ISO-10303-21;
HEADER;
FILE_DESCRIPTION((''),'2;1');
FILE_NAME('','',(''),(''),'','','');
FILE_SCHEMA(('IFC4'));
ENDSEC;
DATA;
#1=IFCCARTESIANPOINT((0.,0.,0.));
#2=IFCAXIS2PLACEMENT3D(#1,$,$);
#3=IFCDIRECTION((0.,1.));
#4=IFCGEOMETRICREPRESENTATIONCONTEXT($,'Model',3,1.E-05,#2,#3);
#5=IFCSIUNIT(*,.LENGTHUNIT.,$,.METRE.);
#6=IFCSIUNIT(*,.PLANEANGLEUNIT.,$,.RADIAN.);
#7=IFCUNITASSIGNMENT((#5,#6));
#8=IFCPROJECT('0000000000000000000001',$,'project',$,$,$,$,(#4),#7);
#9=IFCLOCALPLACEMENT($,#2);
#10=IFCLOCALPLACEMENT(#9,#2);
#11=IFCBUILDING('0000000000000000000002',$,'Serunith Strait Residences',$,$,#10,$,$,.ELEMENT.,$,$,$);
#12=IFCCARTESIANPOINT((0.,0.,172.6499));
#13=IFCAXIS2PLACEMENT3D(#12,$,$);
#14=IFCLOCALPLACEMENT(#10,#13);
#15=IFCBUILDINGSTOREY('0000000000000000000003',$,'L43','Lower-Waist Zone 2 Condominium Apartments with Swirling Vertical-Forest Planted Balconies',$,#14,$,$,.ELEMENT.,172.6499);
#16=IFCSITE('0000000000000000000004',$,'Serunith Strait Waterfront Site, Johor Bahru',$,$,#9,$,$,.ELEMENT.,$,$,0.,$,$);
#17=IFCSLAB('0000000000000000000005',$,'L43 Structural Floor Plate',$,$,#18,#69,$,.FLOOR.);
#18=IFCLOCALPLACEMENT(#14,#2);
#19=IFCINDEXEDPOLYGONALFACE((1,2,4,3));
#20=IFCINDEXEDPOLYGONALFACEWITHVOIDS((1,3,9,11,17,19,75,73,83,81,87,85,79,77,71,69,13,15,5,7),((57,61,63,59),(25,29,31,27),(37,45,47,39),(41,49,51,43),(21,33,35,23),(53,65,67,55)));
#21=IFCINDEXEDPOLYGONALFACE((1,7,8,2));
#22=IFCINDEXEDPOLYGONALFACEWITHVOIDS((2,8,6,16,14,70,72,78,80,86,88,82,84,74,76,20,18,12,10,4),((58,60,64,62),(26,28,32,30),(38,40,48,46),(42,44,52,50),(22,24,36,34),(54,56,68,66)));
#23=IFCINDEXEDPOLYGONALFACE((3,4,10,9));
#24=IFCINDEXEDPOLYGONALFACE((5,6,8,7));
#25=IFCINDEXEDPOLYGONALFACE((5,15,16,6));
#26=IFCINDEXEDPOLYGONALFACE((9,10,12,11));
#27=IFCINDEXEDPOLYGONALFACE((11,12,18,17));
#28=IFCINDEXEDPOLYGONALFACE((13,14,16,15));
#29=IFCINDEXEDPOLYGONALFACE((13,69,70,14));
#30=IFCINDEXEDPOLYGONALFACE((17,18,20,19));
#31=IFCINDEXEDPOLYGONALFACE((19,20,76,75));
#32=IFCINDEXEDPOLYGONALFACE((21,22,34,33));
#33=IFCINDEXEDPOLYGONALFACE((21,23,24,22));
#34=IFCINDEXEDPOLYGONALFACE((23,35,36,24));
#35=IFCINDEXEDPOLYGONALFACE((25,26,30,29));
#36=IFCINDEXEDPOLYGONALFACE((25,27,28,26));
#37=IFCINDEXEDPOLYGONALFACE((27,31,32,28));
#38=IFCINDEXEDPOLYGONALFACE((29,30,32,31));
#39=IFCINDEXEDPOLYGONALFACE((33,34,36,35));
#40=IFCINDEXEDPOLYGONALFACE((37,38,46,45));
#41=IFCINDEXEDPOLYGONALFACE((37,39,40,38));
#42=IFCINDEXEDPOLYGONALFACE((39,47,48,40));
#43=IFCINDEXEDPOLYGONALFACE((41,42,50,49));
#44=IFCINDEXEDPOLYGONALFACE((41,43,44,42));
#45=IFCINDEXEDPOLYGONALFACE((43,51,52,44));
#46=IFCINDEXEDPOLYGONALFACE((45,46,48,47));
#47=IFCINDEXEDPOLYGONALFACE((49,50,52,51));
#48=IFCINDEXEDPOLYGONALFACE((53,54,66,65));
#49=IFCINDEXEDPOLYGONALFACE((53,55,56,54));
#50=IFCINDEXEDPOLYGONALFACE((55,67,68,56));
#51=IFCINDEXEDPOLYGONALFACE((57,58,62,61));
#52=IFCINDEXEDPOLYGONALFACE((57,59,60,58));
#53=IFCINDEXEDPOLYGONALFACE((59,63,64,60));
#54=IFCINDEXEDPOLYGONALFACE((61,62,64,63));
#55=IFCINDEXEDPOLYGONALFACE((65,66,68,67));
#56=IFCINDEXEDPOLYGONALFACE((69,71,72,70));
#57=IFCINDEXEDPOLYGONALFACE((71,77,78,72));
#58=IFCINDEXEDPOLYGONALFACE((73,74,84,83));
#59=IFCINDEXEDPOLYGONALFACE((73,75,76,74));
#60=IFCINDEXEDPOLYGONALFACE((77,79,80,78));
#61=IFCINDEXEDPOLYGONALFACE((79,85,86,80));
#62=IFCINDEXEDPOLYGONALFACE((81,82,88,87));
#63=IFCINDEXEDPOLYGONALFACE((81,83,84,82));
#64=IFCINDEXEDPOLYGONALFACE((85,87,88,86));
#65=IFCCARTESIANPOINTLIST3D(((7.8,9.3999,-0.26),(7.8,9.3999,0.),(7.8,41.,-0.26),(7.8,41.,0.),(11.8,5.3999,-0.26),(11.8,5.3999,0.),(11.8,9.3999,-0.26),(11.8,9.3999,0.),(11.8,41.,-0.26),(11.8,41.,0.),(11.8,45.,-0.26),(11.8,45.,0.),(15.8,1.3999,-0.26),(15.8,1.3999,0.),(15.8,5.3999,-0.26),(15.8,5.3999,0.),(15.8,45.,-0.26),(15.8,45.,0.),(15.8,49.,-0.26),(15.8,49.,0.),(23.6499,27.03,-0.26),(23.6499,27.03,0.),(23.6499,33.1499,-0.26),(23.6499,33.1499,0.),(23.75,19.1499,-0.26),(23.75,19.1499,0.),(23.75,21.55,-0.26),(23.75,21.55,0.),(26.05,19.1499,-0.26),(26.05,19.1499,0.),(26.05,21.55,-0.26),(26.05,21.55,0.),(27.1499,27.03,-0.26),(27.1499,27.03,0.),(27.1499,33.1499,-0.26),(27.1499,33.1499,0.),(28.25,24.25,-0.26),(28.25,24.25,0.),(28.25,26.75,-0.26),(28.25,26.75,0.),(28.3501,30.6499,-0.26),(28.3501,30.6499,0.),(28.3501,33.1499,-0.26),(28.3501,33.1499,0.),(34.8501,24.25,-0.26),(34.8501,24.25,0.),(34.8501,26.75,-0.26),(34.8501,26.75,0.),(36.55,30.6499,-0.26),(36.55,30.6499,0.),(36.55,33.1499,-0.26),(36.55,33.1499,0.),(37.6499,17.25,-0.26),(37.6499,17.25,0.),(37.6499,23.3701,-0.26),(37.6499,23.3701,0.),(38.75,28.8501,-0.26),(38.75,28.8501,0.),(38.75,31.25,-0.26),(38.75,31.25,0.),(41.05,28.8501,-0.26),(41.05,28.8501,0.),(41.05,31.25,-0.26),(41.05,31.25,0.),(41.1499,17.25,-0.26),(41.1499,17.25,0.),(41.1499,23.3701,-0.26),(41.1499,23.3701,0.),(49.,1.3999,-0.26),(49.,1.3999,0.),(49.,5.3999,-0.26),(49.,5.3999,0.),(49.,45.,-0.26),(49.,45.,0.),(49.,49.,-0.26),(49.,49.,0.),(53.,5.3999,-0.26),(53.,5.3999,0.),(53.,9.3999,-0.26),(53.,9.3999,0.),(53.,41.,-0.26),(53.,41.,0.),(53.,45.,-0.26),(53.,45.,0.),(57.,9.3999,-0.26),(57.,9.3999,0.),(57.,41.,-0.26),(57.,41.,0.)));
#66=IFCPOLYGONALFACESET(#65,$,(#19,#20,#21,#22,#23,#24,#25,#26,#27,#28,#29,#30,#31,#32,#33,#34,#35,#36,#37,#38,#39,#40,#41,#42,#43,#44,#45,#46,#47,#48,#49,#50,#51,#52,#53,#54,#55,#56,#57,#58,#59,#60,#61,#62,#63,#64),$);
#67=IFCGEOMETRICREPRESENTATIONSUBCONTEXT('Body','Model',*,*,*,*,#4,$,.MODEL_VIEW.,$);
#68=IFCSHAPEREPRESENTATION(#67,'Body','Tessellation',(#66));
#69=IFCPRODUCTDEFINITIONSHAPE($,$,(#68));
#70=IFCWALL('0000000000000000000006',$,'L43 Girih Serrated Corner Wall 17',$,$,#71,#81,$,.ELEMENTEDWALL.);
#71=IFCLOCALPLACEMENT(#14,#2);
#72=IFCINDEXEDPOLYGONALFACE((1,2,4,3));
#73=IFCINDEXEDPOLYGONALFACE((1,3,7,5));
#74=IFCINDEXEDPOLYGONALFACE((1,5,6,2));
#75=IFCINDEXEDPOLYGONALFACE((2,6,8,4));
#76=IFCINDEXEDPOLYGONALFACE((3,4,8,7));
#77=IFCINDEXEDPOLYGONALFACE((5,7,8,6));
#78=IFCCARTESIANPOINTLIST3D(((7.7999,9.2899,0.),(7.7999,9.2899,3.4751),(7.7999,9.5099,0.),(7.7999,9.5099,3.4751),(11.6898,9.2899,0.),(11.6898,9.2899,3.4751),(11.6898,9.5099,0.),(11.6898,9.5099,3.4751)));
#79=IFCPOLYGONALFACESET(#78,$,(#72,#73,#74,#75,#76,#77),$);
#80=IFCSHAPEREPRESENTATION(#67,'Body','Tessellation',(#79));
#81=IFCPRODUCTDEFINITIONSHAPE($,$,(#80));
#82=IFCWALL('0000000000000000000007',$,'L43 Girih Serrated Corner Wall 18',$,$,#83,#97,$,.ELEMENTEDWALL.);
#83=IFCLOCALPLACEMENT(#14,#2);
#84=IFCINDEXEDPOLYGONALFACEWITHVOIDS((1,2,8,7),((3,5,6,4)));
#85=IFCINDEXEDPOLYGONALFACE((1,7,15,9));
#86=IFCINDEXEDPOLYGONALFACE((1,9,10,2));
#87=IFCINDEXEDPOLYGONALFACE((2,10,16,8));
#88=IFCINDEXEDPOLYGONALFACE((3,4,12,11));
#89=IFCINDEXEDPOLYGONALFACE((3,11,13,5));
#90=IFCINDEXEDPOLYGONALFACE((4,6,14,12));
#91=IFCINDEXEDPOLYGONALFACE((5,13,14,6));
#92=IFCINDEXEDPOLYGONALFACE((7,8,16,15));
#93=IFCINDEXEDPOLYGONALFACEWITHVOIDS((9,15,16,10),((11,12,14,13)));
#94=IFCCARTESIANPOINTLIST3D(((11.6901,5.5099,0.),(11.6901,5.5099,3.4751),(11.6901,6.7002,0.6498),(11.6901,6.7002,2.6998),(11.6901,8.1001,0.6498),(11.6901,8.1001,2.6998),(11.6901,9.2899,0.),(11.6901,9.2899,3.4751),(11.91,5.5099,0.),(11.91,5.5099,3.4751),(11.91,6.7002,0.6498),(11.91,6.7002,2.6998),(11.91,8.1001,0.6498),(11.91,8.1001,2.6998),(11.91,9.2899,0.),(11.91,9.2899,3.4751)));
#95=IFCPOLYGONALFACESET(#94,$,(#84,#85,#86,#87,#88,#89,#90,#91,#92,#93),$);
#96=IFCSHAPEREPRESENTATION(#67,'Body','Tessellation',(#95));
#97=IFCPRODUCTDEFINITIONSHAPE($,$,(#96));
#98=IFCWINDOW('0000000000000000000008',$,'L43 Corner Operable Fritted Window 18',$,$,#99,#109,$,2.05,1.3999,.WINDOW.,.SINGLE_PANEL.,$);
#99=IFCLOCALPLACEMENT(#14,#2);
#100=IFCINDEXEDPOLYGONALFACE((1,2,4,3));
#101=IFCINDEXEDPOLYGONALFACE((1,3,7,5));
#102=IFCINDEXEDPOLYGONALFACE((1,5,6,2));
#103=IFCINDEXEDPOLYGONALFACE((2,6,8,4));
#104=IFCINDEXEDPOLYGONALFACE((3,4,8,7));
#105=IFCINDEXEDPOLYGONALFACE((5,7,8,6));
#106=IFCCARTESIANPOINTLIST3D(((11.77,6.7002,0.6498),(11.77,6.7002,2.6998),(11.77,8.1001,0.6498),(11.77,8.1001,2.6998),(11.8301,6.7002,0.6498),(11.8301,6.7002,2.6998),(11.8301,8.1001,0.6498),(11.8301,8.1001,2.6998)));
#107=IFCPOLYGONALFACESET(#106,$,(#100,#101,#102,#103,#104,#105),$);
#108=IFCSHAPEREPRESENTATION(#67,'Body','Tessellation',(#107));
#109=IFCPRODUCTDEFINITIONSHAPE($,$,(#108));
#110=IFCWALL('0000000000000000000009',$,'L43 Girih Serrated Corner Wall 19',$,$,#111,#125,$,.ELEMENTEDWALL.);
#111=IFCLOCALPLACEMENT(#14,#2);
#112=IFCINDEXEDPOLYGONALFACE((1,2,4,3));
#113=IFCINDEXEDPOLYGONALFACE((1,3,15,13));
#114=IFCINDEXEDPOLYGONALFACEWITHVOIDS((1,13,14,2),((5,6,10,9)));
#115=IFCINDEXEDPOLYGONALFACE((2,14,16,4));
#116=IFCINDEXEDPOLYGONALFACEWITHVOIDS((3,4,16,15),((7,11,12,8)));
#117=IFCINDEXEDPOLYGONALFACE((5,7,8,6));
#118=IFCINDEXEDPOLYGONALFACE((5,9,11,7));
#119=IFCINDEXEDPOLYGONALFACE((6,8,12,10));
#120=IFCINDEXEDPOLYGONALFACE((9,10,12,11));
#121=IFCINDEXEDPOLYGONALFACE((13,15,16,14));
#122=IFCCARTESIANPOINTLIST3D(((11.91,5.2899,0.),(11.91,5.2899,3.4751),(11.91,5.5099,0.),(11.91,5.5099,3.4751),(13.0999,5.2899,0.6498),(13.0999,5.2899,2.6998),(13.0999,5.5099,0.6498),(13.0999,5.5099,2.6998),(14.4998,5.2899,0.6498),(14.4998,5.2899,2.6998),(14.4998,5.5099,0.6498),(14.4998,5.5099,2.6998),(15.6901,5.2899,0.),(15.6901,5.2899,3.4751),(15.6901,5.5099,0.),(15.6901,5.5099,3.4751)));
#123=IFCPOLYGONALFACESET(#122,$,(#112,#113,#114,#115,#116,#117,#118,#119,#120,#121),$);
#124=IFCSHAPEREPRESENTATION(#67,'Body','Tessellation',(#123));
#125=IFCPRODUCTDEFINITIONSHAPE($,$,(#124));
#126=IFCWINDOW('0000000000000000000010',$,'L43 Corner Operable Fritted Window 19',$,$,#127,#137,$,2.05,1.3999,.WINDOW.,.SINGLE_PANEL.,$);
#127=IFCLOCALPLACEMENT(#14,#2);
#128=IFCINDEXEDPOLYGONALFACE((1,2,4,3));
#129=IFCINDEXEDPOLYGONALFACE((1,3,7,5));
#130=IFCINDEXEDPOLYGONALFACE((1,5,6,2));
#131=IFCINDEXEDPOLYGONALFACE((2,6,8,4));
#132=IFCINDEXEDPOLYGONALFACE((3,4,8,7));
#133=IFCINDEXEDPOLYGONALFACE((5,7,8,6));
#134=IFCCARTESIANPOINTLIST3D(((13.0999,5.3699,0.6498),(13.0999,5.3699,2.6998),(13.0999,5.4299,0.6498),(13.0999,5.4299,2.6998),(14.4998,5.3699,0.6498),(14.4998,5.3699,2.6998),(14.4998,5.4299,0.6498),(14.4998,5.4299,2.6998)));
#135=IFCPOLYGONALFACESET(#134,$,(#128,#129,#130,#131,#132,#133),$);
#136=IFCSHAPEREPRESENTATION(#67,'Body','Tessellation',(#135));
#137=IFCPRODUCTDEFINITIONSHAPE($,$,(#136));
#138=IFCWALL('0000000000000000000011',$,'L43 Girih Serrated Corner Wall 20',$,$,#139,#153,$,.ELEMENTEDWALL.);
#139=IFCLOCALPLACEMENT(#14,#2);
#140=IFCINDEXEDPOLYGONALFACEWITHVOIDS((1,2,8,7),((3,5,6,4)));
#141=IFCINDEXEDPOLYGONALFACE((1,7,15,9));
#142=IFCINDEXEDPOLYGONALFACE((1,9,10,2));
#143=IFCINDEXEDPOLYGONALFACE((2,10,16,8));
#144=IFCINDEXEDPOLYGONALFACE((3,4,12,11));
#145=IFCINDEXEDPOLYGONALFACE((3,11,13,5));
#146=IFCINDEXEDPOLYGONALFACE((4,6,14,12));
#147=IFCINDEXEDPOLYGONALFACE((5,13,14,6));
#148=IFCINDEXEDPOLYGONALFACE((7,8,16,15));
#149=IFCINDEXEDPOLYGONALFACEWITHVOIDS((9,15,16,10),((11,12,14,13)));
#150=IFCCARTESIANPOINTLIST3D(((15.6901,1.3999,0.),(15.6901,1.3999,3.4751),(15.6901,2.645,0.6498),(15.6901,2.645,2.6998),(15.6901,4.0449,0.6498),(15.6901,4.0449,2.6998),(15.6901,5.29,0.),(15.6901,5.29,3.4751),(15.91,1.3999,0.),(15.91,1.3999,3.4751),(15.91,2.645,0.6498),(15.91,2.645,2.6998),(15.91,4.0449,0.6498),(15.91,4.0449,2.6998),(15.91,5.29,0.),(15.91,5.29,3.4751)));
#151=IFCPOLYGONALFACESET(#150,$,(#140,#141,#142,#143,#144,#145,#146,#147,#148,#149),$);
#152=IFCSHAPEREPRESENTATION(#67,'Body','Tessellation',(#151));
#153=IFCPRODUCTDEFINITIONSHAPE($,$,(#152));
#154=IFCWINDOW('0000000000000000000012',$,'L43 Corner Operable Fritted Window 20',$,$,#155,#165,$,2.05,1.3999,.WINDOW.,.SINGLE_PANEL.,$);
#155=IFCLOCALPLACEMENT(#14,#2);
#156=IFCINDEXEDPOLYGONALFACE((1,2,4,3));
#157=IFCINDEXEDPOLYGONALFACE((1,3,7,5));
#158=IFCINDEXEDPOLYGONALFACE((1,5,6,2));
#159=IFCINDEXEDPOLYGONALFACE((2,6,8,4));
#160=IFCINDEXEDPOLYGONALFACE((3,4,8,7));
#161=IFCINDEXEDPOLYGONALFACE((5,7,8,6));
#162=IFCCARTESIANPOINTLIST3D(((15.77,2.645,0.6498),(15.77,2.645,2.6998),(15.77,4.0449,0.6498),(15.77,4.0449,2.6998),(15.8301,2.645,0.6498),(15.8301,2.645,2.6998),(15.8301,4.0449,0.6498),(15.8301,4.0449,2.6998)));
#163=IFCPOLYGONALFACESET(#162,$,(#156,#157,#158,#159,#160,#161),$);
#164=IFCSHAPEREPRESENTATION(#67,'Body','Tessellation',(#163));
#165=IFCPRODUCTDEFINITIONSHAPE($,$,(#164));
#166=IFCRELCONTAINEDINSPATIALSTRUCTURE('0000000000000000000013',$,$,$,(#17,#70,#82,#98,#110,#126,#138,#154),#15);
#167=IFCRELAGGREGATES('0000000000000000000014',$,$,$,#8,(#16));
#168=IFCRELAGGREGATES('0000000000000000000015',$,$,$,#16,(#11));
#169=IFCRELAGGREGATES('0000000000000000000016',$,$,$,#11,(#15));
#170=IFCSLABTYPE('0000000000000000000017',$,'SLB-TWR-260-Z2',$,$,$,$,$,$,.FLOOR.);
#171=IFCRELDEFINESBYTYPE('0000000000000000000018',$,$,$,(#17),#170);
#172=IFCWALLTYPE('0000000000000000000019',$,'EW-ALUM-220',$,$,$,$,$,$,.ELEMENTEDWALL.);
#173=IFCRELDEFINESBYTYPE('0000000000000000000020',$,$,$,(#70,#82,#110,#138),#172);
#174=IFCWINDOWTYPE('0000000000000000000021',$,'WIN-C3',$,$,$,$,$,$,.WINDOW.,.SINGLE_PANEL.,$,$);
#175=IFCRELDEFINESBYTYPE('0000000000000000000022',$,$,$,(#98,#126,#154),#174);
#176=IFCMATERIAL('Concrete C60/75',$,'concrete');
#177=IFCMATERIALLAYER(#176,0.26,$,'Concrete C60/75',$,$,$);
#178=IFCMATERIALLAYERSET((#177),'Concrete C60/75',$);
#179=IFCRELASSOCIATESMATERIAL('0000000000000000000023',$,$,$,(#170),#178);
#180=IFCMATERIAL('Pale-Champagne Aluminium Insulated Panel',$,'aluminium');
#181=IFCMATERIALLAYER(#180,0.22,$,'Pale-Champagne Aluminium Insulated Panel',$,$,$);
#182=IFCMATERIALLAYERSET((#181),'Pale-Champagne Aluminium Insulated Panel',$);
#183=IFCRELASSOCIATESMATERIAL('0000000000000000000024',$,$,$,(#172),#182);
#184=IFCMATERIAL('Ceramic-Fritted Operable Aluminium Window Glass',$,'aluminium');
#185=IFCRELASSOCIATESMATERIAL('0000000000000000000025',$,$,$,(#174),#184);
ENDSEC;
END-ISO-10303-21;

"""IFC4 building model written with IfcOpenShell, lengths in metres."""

from ifc_helpers import new_model, si_unit, direction, frame, frame_2d, origin, place, context, subcontext, project, spatial, polyline, rectangle, outline, extrude, source, transform, mapped, material, layer, layer_set, type_object, element, fill, save


model = new_model("IFC4")

# Units and contexts
model_context = context("Model", 3, precision=1e-05, world=origin(), true_north=direction((0.0, 1.0)))
body_context = subcontext(model_context, "Body", "Model", "MODEL_VIEW")
ifc_project = project(units=[si_unit("LENGTHUNIT", "METRE"), si_unit("PLANEANGLEUNIT", "RADIAN")], contexts=[model_context])

# Site, building, storey
site_placement = place(None, origin())
site = spatial("IfcSite", under=ifc_project, at=site_placement, Name="Serunith Strait Waterfront Site, Johor Bahru", CompositionType="ELEMENT", RefElevation=0.0)
building_placement = place(site_placement, origin())
building = spatial("IfcBuilding", under=site, at=building_placement, Name="Serunith Strait Residences", CompositionType="ELEMENT")
storey_placement = place(building_placement, frame((0.0, 0.0, 172.6499)))
storey = spatial("IfcBuildingStorey", under=building, at=storey_placement, Name="L43", Description="Lower-Waist Zone 2 Condominium Apartments with Swirling Vertical-Forest Planted Balconies", CompositionType="ELEMENT", Elevation=172.6499)

# Slab
ifc_material_1 = material(Name="Concrete C60/75", Category="concrete")
ifc_layer_1 = layer(ifc_material_1, 0.26, Name="Concrete C60/75")
ifc_layer_set_1 = layer_set([ifc_layer_1], Name="Concrete C60/75")
slab_type_1 = type_object("IfcSlabType", Name="SLB-TWR-260-Z2", PredefinedType="FLOOR", material=ifc_layer_set_1)
slab_1_placement = place(storey_placement, frame((0.0, 0.0, -0.26)))
element("IfcSlab", 1, at=slab_1_placement, inside=storey, type_object=slab_type_1, Name="L43 Structural Floor Plate", PredefinedType="FLOOR", context=body_context, shape_type="SweptSolid", body=[
    extrude(outline(polyline([(15.8, 5.3999), (11.8, 5.3999), (11.8, 9.3999), (7.8, 9.3999), (7.8, 41.0), (11.8, 41.0), (11.8, 45.0), (15.8, 45.0), (15.8, 49.0), (49.0, 49.0), (49.0, 45.0), (53.0, 45.0), (53.0, 41.0), (57.0, 41.0), (57.0, 9.3999), (53.0, 9.3999), (53.0, 5.3999), (49.0, 5.3999), (49.0, 1.3999), (15.8, 1.3999), (15.8, 5.3999)]), holes=[polyline([(41.1499, 23.3701), (37.6499, 23.3701), (37.6499, 17.25), (41.1499, 17.25), (41.1499, 23.3701)]), polyline([(38.75, 31.25), (38.75, 28.8501), (41.05, 28.8501), (41.05, 31.25), (38.75, 31.25)]), polyline([(36.55, 33.1499), (28.3501, 33.1499), (28.3501, 30.6499), (36.55, 30.6499), (36.55, 33.1499)]), polyline([(34.8501, 26.75), (28.25, 26.75), (28.25, 24.25), (34.8501, 24.25), (34.8501, 26.75)]), polyline([(23.6499, 33.1499), (23.6499, 27.03), (27.1499, 27.03), (27.1499, 33.1499), (23.6499, 33.1499)]), polyline([(26.05, 21.55), (23.75, 21.55), (23.75, 19.1499), (26.05, 19.1499), (26.05, 21.55)])]), origin(), (0.0, 0.0, 1.0), 0.26),
])

# Wall
ifc_material_2 = material(Name="Pale-Champagne Aluminium Insulated Panel", Category="aluminium")
ifc_layer_2 = layer(ifc_material_2, 0.22, Name="Pale-Champagne Aluminium Insulated Panel")
ifc_layer_set_2 = layer_set([ifc_layer_2], Name="Pale-Champagne Aluminium Insulated Panel")
wall_type_1 = type_object("IfcWallType", Name="EW-ALUM-220", PredefinedType="ELEMENTEDWALL", material=ifc_layer_set_2)
wall_1_placement = place(storey_placement, frame((7.8, 9.3999, 0.0), z_axis=(0.0, 0.0, 1.0), x_axis=(1.0, 0.0, 0.0)))
element("IfcWall", 2, at=wall_1_placement, inside=storey, type_object=wall_type_1, Name="L43 Girih Serrated Corner Wall 17", PredefinedType="ELEMENTEDWALL", context=body_context, shape_type="SweptSolid", body=[
    extrude(rectangle(XDim=3.8899, YDim=0.22, at=frame_2d((1.9448, 0.0))), origin(), (0.0, 0.0, 1.0), 3.4751),
])

# Walls, openings, windows
wall_2_placement = place(storey_placement, frame((11.8, 9.29, 0.0), z_axis=(0.0, 0.0, 1.0), x_axis=(0.0, -1.0, 0.0)))
wall_2 = element("IfcWall", 3, at=wall_2_placement, inside=storey, type_object=wall_type_1, Name="L43 Girih Serrated Corner Wall 18", PredefinedType="ELEMENTEDWALL", context=body_context, shape_type="SweptSolid", body=[
    extrude(rectangle(XDim=3.78, YDim=0.22, at=frame_2d((1.8901, 0.0))), origin(), (0.0, 0.0, 1.0), 3.4751),
])
opening_1_placement = place(wall_2_placement, frame((1.1899, 0.0, 0.6499)))
opening_1 = element("IfcOpeningElement", 4, at=opening_1_placement, cuts=wall_2, PredefinedType="OPENING", context=body_context, shape_type="SweptSolid", body=[
    extrude(rectangle(XDim=1.3999, YDim=2.05, at=frame_2d((0.7, 1.0249))), frame((0.0, 0.1201, 0.0), z_axis=(0.0, -1.0, 0.0), x_axis=(1.0, 0.0, 0.0)), (0.0, 0.0, 1.0), 0.24),
])
ifc_material_3 = material(Name="Ceramic-Fritted Operable Aluminium Window Glass", Category="aluminium")
window_type = type_object("IfcWindowType", Name="WIN-C3", PartitioningType="SINGLE_PANEL", PredefinedType="WINDOW", material=ifc_material_3)
shared_shape_1 = source(origin(), body_context, "Body", "SweptSolid", [
    extrude(rectangle(XDim=1.3999, YDim=2.05, at=frame_2d((0.7, 1.0249))), frame((0.0, 0.03, 0.0), z_axis=(0.0, -1.0, 0.0), x_axis=(1.0, 0.0, 0.0)), (0.0, 0.0, 1.0), 0.0601),
])
window_1_placement = place(opening_1_placement, origin())
window_1 = element("IfcWindow", 5, at=window_1_placement, inside=storey, type_object=window_type, Name="L43 Corner Operable Fritted Window 18", OverallHeight=2.05, OverallWidth=1.3999, PartitioningType="SINGLE_PANEL", PredefinedType="WINDOW", context=body_context, shape_type="MappedRepresentation", body=[
    mapped(shared_shape_1, transform((0.0, 0.0, 0.0), scale=1.0)),
])
fill(opening_1, window_1)
wall_3_placement = place(storey_placement, frame((11.9099, 5.3999, 0.0), z_axis=(0.0, 0.0, 1.0), x_axis=(1.0, 0.0, 0.0)))
wall_3 = element("IfcWall", 6, at=wall_3_placement, inside=storey, type_object=wall_type_1, Name="L43 Girih Serrated Corner Wall 19", PredefinedType="ELEMENTEDWALL", context=body_context, shape_type="SweptSolid", body=[
    extrude(rectangle(XDim=3.78, YDim=0.22, at=frame_2d((1.8901, 0.0))), origin(), (0.0, 0.0, 1.0), 3.4751),
])
opening_2_placement = place(wall_3_placement, frame((1.1899, 0.0, 0.6499)))
opening_2 = element("IfcOpeningElement", 7, at=opening_2_placement, cuts=wall_3, PredefinedType="OPENING", context=body_context, shape_type="SweptSolid", body=[
    extrude(rectangle(XDim=1.3999, YDim=2.05, at=frame_2d((0.7, 1.0249))), frame((0.0, 0.1201, 0.0), z_axis=(0.0, -1.0, 0.0), x_axis=(1.0, 0.0, 0.0)), (0.0, 0.0, 1.0), 0.24),
])
window_2_placement = place(opening_2_placement, origin())
window_2 = element("IfcWindow", 8, at=window_2_placement, inside=storey, type_object=window_type, Name="L43 Corner Operable Fritted Window 19", OverallHeight=2.05, OverallWidth=1.3999, PartitioningType="SINGLE_PANEL", PredefinedType="WINDOW", context=body_context, shape_type="MappedRepresentation", body=[
    mapped(shared_shape_1, transform((0.0, 0.0, 0.0), scale=1.0)),
])
fill(opening_2, window_2)
wall_4_placement = place(storey_placement, frame((15.8, 5.29, 0.0), z_axis=(0.0, 0.0, 1.0), x_axis=(0.0, -1.0, 0.0)))
wall_4 = element("IfcWall", 9, at=wall_4_placement, inside=storey, type_object=wall_type_1, Name="L43 Girih Serrated Corner Wall 20", PredefinedType="ELEMENTEDWALL", context=body_context, shape_type="SweptSolid", body=[
    extrude(rectangle(XDim=3.8901, YDim=0.22, at=frame_2d((1.9451, 0.0))), origin(), (0.0, 0.0, 1.0), 3.4751),
])
opening_3_placement = place(wall_4_placement, frame((1.2451, 0.0, 0.6499)))
opening_3 = element("IfcOpeningElement", 10, at=opening_3_placement, cuts=wall_4, PredefinedType="OPENING", context=body_context, shape_type="SweptSolid", body=[
    extrude(rectangle(XDim=1.3999, YDim=2.05, at=frame_2d((0.7, 1.0249))), frame((0.0, 0.1201, 0.0), z_axis=(0.0, -1.0, 0.0), x_axis=(1.0, 0.0, 0.0)), (0.0, 0.0, 1.0), 0.24),
])
window_3_placement = place(opening_3_placement, origin())
window_3 = element("IfcWindow", 11, at=window_3_placement, inside=storey, type_object=window_type, Name="L43 Corner Operable Fritted Window 20", OverallHeight=2.05, OverallWidth=1.3999, PartitioningType="SINGLE_PANEL", PredefinedType="WINDOW", context=body_context, shape_type="MappedRepresentation", body=[
    mapped(shared_shape_1, transform((0.0, 0.0, 0.0), scale=1.0)),
])
fill(opening_3, window_3)

save(model, "model.ifc")
